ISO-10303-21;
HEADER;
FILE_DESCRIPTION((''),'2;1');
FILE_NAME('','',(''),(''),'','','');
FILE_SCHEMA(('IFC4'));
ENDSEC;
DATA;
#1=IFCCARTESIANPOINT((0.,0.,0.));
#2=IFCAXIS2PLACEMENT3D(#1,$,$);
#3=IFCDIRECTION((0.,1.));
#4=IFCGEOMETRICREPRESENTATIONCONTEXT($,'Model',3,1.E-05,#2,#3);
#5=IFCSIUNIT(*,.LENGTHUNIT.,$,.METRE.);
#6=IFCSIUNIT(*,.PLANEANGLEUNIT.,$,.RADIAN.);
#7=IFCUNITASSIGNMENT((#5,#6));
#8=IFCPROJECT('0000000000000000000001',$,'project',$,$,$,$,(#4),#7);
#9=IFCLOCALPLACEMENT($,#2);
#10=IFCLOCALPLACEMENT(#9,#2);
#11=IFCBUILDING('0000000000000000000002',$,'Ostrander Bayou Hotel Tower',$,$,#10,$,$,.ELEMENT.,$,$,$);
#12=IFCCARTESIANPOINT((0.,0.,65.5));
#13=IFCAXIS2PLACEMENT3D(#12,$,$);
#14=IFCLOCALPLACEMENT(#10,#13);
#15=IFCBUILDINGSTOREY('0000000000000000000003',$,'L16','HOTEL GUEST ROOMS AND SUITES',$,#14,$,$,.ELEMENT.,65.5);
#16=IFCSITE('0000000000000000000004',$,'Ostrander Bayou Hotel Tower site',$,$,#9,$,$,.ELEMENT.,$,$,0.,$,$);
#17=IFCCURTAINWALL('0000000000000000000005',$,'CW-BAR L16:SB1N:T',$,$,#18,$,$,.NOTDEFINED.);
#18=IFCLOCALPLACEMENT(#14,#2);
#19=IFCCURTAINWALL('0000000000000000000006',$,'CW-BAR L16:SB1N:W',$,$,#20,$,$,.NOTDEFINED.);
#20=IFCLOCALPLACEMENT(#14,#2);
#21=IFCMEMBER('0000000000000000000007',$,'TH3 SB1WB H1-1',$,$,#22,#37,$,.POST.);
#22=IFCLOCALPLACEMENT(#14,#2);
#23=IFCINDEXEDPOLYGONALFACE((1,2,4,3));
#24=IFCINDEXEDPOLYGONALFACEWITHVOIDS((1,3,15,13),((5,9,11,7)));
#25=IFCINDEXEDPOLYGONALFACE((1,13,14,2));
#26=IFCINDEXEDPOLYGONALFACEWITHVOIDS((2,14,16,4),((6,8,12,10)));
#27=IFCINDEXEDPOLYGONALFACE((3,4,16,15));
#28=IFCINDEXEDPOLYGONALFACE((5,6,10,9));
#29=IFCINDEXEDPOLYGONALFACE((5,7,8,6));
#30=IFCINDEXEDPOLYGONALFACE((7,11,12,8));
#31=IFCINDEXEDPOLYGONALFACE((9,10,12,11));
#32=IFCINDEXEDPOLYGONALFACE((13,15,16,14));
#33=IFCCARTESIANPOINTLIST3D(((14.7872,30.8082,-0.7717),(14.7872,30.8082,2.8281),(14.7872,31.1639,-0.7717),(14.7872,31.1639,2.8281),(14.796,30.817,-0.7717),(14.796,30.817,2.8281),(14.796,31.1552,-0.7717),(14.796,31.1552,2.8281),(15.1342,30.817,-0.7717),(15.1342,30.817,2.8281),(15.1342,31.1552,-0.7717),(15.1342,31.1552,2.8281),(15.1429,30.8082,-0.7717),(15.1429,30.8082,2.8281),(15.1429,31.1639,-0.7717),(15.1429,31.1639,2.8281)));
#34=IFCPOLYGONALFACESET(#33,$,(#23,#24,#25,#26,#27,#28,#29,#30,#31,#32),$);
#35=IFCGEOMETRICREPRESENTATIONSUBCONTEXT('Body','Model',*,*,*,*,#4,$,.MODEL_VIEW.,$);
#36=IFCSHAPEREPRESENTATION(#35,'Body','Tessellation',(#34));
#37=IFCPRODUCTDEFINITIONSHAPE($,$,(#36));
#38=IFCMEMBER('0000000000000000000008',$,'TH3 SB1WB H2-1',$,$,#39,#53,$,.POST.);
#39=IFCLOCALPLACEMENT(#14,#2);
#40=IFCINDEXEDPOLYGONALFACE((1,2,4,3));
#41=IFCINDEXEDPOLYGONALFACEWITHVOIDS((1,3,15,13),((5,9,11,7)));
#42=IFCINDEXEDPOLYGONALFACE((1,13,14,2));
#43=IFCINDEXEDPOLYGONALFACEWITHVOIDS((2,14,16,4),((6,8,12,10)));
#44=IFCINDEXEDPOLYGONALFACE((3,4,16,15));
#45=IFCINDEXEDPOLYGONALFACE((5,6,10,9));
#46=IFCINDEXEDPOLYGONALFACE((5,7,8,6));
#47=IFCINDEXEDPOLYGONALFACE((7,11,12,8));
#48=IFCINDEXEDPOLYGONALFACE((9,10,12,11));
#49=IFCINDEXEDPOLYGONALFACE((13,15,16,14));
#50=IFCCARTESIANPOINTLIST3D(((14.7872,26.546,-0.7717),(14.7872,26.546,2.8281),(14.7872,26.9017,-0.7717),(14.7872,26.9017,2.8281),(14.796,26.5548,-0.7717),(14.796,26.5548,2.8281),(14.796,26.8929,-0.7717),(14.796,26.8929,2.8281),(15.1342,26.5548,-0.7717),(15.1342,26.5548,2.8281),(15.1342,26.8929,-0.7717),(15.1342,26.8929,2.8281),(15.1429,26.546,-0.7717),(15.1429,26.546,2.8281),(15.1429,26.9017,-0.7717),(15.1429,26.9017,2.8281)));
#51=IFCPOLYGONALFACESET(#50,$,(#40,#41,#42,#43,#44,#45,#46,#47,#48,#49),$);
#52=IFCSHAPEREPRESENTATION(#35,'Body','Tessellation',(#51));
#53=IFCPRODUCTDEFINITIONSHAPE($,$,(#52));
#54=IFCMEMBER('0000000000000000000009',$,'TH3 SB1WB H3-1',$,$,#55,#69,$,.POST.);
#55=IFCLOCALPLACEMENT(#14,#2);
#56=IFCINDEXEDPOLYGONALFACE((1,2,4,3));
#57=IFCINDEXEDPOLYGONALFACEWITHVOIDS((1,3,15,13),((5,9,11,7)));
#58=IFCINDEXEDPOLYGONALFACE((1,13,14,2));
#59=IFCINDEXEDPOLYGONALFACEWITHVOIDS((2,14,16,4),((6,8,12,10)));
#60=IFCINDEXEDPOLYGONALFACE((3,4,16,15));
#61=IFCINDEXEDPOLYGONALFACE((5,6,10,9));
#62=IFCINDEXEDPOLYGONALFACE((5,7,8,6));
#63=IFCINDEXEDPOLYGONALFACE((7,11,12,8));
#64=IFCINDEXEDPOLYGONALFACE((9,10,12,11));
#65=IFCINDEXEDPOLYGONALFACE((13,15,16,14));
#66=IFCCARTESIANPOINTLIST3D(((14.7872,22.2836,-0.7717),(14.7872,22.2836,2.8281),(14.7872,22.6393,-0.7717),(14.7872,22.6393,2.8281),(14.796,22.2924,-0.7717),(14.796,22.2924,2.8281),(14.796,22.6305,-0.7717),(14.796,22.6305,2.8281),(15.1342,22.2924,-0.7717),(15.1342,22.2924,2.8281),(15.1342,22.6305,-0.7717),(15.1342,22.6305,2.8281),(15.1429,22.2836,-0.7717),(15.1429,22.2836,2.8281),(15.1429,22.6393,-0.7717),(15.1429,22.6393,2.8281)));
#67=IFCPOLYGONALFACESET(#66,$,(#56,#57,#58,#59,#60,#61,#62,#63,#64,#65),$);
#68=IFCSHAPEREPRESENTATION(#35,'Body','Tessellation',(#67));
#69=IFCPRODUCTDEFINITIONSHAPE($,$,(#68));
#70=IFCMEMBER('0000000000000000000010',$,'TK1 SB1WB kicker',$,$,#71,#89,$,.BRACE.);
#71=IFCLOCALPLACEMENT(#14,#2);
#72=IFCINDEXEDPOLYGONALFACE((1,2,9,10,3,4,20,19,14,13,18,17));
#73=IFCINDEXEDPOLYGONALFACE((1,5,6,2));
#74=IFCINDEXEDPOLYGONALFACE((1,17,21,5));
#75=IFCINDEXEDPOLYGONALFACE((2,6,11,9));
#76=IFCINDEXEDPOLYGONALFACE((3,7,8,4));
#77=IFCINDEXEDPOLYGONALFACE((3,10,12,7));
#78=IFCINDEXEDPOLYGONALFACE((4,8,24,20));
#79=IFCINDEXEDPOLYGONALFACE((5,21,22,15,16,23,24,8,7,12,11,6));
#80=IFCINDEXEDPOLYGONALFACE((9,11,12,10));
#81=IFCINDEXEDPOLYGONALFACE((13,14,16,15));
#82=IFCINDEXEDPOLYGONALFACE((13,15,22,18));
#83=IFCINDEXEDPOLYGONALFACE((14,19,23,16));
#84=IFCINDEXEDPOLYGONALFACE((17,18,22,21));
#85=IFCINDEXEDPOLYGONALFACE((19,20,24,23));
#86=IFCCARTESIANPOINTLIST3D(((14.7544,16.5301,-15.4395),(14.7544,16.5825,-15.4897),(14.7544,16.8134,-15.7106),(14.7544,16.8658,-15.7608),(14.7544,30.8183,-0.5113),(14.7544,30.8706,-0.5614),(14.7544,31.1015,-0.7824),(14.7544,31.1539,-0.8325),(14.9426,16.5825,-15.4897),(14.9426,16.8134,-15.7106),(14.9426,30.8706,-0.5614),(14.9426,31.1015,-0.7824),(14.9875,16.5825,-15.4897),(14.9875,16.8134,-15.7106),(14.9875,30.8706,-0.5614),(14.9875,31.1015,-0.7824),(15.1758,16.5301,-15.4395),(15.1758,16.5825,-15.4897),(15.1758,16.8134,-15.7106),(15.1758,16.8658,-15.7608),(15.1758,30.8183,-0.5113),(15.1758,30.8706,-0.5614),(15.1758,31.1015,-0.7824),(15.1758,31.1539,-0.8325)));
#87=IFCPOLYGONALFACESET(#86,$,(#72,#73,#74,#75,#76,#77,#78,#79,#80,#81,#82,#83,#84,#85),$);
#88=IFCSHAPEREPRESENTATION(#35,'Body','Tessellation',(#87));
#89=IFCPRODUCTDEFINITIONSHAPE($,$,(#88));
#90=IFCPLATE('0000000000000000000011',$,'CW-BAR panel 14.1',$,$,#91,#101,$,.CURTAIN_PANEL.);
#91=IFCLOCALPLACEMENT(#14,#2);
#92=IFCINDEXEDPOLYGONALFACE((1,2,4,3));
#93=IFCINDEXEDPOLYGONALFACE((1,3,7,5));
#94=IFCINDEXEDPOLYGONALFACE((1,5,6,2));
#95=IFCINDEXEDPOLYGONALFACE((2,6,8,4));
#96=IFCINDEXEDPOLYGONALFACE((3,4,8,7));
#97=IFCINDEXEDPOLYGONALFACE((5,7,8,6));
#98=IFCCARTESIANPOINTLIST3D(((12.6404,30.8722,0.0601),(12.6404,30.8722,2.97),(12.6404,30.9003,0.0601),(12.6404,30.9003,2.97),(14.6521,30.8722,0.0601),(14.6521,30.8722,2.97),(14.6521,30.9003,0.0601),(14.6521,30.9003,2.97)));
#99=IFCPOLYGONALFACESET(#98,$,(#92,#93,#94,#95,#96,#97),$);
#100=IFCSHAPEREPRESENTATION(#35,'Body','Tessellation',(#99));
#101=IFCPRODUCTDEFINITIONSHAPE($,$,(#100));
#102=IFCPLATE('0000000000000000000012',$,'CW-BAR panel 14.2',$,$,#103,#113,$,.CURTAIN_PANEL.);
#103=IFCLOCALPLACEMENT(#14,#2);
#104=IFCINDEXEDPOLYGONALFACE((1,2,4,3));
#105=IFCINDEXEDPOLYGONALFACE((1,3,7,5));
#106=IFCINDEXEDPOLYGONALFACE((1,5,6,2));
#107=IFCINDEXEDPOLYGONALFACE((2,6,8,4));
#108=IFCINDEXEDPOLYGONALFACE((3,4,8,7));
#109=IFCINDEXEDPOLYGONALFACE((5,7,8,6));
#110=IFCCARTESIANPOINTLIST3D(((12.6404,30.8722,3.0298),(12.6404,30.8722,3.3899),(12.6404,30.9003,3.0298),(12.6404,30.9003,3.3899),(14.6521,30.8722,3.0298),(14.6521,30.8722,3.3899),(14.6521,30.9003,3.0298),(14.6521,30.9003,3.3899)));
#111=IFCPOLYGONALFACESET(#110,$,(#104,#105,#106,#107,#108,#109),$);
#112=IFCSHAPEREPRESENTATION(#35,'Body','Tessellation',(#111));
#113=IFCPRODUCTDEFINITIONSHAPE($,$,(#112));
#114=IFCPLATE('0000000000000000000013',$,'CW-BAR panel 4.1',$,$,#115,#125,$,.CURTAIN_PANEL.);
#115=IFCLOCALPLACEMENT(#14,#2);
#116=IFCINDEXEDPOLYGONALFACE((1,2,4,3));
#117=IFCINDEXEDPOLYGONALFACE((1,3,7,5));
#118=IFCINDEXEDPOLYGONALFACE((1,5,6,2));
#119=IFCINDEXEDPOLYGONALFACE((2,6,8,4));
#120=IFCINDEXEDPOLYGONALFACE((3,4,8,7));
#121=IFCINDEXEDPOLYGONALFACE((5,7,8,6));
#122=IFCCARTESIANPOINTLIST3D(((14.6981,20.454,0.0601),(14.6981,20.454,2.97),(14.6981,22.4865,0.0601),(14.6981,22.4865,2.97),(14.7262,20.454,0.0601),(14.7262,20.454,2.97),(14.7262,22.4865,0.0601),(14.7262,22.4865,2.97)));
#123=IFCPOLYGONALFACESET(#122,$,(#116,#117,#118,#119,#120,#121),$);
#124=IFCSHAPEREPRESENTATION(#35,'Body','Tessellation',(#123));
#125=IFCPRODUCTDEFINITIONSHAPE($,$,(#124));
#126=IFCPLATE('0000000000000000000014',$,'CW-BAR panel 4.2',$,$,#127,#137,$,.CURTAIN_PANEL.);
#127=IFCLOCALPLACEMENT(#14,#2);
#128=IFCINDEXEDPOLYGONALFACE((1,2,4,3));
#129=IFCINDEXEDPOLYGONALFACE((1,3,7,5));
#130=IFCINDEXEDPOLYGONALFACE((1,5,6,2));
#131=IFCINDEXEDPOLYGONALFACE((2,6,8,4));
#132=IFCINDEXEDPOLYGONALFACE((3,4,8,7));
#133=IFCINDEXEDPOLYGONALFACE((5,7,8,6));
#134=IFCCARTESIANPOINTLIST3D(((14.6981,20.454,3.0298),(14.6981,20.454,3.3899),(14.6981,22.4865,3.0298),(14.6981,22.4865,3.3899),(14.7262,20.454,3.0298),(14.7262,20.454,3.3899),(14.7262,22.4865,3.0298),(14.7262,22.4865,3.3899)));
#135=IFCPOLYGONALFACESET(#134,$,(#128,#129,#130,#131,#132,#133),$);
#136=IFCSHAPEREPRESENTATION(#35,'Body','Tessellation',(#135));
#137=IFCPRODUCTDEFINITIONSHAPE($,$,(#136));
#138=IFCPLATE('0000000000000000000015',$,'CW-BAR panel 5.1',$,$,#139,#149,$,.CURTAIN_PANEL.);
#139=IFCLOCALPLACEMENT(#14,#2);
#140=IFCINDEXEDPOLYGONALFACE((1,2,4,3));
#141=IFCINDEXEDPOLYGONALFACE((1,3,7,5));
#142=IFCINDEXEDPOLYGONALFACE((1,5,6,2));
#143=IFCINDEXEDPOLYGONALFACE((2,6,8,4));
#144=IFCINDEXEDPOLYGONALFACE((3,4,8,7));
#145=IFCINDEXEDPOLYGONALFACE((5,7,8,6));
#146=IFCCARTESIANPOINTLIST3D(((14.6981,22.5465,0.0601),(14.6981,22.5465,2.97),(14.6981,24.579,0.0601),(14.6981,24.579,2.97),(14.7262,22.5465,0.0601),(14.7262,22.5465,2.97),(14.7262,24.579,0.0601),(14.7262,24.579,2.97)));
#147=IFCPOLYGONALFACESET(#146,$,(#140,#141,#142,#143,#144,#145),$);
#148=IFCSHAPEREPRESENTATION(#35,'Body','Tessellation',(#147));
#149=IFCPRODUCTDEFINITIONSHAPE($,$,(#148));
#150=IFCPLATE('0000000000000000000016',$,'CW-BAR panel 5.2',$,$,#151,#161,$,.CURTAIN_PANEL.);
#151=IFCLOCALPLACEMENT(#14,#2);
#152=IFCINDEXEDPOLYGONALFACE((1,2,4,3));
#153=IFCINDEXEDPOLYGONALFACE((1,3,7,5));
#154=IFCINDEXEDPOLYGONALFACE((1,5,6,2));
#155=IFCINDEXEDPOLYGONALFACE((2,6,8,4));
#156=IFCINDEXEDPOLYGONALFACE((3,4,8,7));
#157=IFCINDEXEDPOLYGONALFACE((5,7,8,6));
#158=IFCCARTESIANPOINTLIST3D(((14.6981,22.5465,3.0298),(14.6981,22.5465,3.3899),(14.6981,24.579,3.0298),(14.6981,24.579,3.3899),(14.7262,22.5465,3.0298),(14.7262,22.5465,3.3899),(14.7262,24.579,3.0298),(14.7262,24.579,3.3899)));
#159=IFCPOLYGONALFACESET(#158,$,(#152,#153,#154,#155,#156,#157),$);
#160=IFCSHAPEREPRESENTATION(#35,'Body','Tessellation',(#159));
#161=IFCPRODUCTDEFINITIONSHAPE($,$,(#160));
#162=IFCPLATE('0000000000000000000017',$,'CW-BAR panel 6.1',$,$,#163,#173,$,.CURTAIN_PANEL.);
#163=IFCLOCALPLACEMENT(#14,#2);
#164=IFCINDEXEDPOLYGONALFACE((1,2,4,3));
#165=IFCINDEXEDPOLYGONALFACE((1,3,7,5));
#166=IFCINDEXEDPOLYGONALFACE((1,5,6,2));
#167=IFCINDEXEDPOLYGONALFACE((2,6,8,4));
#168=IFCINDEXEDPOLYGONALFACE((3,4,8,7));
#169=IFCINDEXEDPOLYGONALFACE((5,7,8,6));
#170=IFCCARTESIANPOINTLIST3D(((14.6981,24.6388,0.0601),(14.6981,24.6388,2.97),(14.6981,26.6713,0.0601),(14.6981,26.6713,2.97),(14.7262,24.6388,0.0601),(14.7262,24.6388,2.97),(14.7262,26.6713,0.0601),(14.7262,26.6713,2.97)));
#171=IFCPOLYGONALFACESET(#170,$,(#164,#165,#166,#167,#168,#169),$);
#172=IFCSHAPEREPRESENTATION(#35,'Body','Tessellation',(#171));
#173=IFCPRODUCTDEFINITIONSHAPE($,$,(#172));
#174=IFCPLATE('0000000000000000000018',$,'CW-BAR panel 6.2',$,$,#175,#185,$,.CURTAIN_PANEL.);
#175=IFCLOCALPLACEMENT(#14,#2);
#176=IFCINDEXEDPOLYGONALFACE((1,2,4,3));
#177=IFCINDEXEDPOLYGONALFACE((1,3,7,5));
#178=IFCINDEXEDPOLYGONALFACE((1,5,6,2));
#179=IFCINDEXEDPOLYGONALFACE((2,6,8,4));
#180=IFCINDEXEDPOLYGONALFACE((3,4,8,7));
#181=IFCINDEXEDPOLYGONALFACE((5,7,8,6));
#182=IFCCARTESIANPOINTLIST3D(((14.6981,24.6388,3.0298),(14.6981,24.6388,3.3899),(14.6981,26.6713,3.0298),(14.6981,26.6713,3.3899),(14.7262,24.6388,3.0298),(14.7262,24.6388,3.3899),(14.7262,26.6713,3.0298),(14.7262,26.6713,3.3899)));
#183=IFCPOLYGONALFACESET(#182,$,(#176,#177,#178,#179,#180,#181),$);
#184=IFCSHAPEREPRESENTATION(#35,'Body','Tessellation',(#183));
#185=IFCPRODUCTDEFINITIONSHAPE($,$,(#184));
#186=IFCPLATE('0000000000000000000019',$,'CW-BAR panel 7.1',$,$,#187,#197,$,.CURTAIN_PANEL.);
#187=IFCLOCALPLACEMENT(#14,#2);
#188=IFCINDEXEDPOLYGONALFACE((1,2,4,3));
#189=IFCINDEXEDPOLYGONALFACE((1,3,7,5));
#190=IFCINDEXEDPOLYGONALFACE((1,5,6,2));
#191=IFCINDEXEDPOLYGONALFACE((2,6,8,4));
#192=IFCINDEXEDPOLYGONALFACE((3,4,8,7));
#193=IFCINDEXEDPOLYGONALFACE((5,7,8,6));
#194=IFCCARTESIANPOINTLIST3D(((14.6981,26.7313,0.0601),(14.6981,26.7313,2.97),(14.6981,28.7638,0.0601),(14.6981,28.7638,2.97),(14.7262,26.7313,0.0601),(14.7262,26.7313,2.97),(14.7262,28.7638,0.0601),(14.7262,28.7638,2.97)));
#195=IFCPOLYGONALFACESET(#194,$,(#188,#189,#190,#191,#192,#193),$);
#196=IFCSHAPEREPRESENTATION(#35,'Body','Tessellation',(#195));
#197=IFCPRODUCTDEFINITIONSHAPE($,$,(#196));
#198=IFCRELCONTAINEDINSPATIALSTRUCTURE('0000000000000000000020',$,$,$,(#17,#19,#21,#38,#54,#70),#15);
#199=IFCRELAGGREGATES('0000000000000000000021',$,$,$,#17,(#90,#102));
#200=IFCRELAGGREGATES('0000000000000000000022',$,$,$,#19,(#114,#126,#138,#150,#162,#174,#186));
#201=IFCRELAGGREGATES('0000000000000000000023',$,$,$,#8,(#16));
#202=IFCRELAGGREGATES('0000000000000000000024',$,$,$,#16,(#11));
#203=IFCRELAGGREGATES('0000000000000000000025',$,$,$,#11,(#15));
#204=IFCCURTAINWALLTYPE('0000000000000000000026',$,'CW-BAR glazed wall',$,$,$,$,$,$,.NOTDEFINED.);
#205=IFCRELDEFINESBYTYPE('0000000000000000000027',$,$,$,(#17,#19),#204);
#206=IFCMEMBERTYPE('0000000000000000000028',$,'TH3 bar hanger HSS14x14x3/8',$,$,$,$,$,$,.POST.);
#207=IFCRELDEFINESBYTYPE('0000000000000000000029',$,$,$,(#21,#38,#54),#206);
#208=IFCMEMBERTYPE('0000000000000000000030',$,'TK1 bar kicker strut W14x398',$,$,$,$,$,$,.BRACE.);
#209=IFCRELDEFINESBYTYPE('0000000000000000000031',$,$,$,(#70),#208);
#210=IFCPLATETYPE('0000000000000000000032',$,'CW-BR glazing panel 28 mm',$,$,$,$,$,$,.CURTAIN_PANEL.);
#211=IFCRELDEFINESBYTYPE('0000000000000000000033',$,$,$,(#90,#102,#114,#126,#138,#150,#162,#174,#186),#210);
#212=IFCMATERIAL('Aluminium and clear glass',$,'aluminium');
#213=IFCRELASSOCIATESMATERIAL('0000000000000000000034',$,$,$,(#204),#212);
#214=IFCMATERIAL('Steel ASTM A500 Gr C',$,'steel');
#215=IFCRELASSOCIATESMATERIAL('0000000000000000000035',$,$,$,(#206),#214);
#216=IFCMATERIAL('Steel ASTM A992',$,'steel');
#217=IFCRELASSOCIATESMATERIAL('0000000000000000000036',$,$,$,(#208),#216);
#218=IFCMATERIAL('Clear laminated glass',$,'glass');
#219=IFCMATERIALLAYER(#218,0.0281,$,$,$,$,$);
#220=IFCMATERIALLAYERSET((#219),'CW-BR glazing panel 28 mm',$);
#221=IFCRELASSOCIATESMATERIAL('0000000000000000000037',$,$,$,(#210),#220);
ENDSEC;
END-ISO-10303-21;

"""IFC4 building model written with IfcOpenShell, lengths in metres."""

from ifc_helpers import new_model, si_unit, direction, frame, origin, origin_2d, place, context, subcontext, project, spatial, rectangle, hollow_rectangle, i_section, extrude, material, layer, layer_set, material_profile, profile_set, type_object, element, aggregate, save


model = new_model("IFC4")

# Units and contexts
model_context = context("Model", 3, precision=1e-05, world=origin(), true_north=direction((0.0, 1.0)))
body_context = subcontext(model_context, "Body", "Model", "MODEL_VIEW")
ifc_project = project(units=[si_unit("LENGTHUNIT", "METRE"), si_unit("PLANEANGLEUNIT", "RADIAN")], contexts=[model_context])

# Site, building, storey
site_placement = place(None, origin())
site = spatial("IfcSite", under=ifc_project, at=site_placement, Name="Ostrander Bayou Hotel Tower site", CompositionType="ELEMENT", RefElevation=0.0)
building_placement = place(site_placement, origin())
building = spatial("IfcBuilding", under=site, at=building_placement, Name="Ostrander Bayou Hotel Tower", CompositionType="ELEMENT")
storey_placement = place(building_placement, frame((0.0, 0.0, 65.5)))
storey = spatial("IfcBuildingStorey", under=building, at=storey_placement, Name="L16", Description="HOTEL GUEST ROOMS AND SUITES", CompositionType="ELEMENT", Elevation=65.5)

# Curtain walls
ifc_material_1 = material(Name="Aluminium and clear glass", Category="aluminium")
curtain_wall_type = type_object("IfcCurtainWallType", Name="CW-BAR glazed wall", PredefinedType="NOTDEFINED", material=ifc_material_1)
curtain_wall_1_placement = place(storey_placement, origin())
curtain_wall_1 = element("IfcCurtainWall", 1, at=curtain_wall_1_placement, inside=storey, type_object=curtain_wall_type, Name="CW-BAR L16:SB1N:T", PredefinedType="NOTDEFINED")
curtain_wall_2_placement = place(storey_placement, origin())
curtain_wall_2 = element("IfcCurtainWall", 2, at=curtain_wall_2_placement, inside=storey, type_object=curtain_wall_type, Name="CW-BAR L16:SB1N:W", PredefinedType="NOTDEFINED")

# Members
ifc_material_2 = material(Name="Steel ASTM A500 Gr C", Category="steel")
ifc_material_profile_1 = material_profile(ifc_material_2, hollow_rectangle(XDim=0.3557, YDim=0.3557, WallThickness=0.0088, at=origin_2d()))
ifc_profile_set_1 = profile_set([ifc_material_profile_1], Name="Steel ASTM A500 Gr C")
member_type_1 = type_object("IfcMemberType", Name="TH3 bar hanger HSS14x14x3/8", PredefinedType="POST", material=ifc_profile_set_1)
for number, where, z_axis, x_axis, name in (
    (3, (14.9651, 30.9861, -0.7717), (0.0, 0.0, 1.0), (1.0, 0.0, 0.0), "TH3 SB1WB H1-1"),
    (4, (14.9651, 26.7239, -0.7717), (0.0, 0.0, 1.0), (1.0, 0.0, 0.0), "TH3 SB1WB H2-1"),
    (5, (14.9651, 22.4614, -0.7717), (0.0, 0.0, 1.0), (1.0, 0.0, 0.0), "TH3 SB1WB H3-1"),
):
    element("IfcMember", number, at=place(storey_placement, frame(where, z_axis=z_axis, x_axis=x_axis)), inside=storey, type_object=member_type_1, Name=name, PredefinedType="POST", context=body_context, shape_type="SweptSolid", body=[
        extrude(hollow_rectangle(XDim=0.3557, YDim=0.3557, WallThickness=0.0088, at=origin_2d()), origin(), (0.0, 0.0, 1.0), 3.5999),
    ])
ifc_material_3 = material(Name="Steel ASTM A992", Category="steel")
ifc_material_profile_2 = material_profile(ifc_material_3, i_section(OverallWidth=0.4214, OverallDepth=0.4646, WebThickness=0.0449, FlangeThickness=0.0725, at=origin_2d()))
ifc_profile_set_2 = profile_set([ifc_material_profile_2], Name="Steel ASTM A992")
member_type_2 = type_object("IfcMemberType", Name="TK1 bar kicker strut W14x398", PredefinedType="BRACE", material=ifc_profile_set_2)
member_1_placement = place(storey_placement, frame((14.9651, 30.9861, -0.6719), z_axis=(0.0, -0.691448, -0.722426), x_axis=(1.0, 0.0, 0.0)))
element("IfcMember", 6, at=member_1_placement, inside=storey, type_object=member_type_2, Name="TK1 SB1WB kicker", PredefinedType="BRACE", context=body_context, shape_type="SweptSolid", body=[
    extrude(i_section(OverallWidth=0.4214, OverallDepth=0.4646, WebThickness=0.0449, FlangeThickness=0.0725, at=origin_2d()), origin(), (0.0, 0.0, 1.0), 20.6641),
])

# Plates
ifc_material_4 = material(Name="Clear laminated glass", Category="glass")
ifc_layer_1 = layer(ifc_material_4, 0.0281)
ifc_layer_set_1 = layer_set([ifc_layer_1], Name="CW-BR glazing panel 28 mm")
plate_type = type_object("IfcPlateType", Name="CW-BR glazing panel 28 mm", PredefinedType="CURTAIN_PANEL", material=ifc_layer_set_1)
plate_1_placement = place(storey_placement, frame((13.6462, 30.8862, 0.0601), z_axis=(0.0, 0.0, 1.0), x_axis=(1.0, 0.0, 0.0)))
plate_1 = element("IfcPlate", 7, at=plate_1_placement, type_object=plate_type, Name="CW-BAR panel 14.1", PredefinedType="CURTAIN_PANEL", context=body_context, shape_type="SweptSolid", body=[
    extrude(rectangle(XDim=2.0117, YDim=0.0281, at=origin_2d()), origin(), (0.0, 0.0, 1.0), 2.9099),
])
plate_2_placement = place(storey_placement, frame((13.6462, 30.8862, 3.0298), z_axis=(0.0, 0.0, 1.0), x_axis=(1.0, 0.0, 0.0)))
plate_2 = element("IfcPlate", 8, at=plate_2_placement, type_object=plate_type, Name="CW-BAR panel 14.2", PredefinedType="CURTAIN_PANEL", context=body_context, shape_type="SweptSolid", body=[
    extrude(rectangle(XDim=2.0117, YDim=0.0281, at=origin_2d()), origin(), (0.0, 0.0, 1.0), 0.3601),
])
aggregate(curtain_wall_1, [plate_1, plate_2])
plate_3_placement = place(storey_placement, frame((14.7122, 21.4702, 0.0601), z_axis=(0.0, 0.0, 1.0), x_axis=(0.0, 1.0, 0.0)))
plate_3 = element("IfcPlate", 9, at=plate_3_placement, type_object=plate_type, Name="CW-BAR panel 4.1", PredefinedType="CURTAIN_PANEL", context=body_context, shape_type="SweptSolid", body=[
    extrude(rectangle(XDim=2.0325, YDim=0.0281, at=origin_2d()), origin(), (0.0, 0.0, 1.0), 2.9099),
])
plate_4_placement = place(storey_placement, frame((14.7122, 21.4702, 3.0298), z_axis=(0.0, 0.0, 1.0), x_axis=(0.0, 1.0, 0.0)))
plate_4 = element("IfcPlate", 10, at=plate_4_placement, type_object=plate_type, Name="CW-BAR panel 4.2", PredefinedType="CURTAIN_PANEL", context=body_context, shape_type="SweptSolid", body=[
    extrude(rectangle(XDim=2.0325, YDim=0.0281, at=origin_2d()), origin(), (0.0, 0.0, 1.0), 0.3601),
])
plate_5_placement = place(storey_placement, frame((14.7122, 23.5627, 0.0601), z_axis=(0.0, 0.0, 1.0), x_axis=(0.0, 1.0, 0.0)))
plate_5 = element("IfcPlate", 11, at=plate_5_placement, type_object=plate_type, Name="CW-BAR panel 5.1", PredefinedType="CURTAIN_PANEL", context=body_context, shape_type="SweptSolid", body=[
    extrude(rectangle(XDim=2.0325, YDim=0.0281, at=origin_2d()), origin(), (0.0, 0.0, 1.0), 2.9099),
])
plate_6_placement = place(storey_placement, frame((14.7122, 23.5627, 3.0298), z_axis=(0.0, 0.0, 1.0), x_axis=(0.0, 1.0, 0.0)))
plate_6 = element("IfcPlate", 12, at=plate_6_placement, type_object=plate_type, Name="CW-BAR panel 5.2", PredefinedType="CURTAIN_PANEL", context=body_context, shape_type="SweptSolid", body=[
    extrude(rectangle(XDim=2.0325, YDim=0.0281, at=origin_2d()), origin(), (0.0, 0.0, 1.0), 0.3601),
])
plate_7_placement = place(storey_placement, frame((14.7122, 25.655, 0.0601), z_axis=(0.0, 0.0, 1.0), x_axis=(0.0, 1.0, 0.0)))
plate_7 = element("IfcPlate", 13, at=plate_7_placement, type_object=plate_type, Name="CW-BAR panel 6.1", PredefinedType="CURTAIN_PANEL", context=body_context, shape_type="SweptSolid", body=[
    extrude(rectangle(XDim=2.0325, YDim=0.0281, at=origin_2d()), origin(), (0.0, 0.0, 1.0), 2.9099),
])
plate_8_placement = place(storey_placement, frame((14.7122, 25.655, 3.0298), z_axis=(0.0, 0.0, 1.0), x_axis=(0.0, 1.0, 0.0)))
plate_8 = element("IfcPlate", 14, at=plate_8_placement, type_object=plate_type, Name="CW-BAR panel 6.2", PredefinedType="CURTAIN_PANEL", context=body_context, shape_type="SweptSolid", body=[
    extrude(rectangle(XDim=2.0325, YDim=0.0281, at=origin_2d()), origin(), (0.0, 0.0, 1.0), 0.3601),
])
plate_9_placement = place(storey_placement, frame((14.7122, 27.7476, 0.0601), z_axis=(0.0, 0.0, 1.0), x_axis=(0.0, 1.0, 0.0)))
plate_9 = element("IfcPlate", 15, at=plate_9_placement, type_object=plate_type, Name="CW-BAR panel 7.1", PredefinedType="CURTAIN_PANEL", context=body_context, shape_type="SweptSolid", body=[
    extrude(rectangle(XDim=2.0325, YDim=0.0281, at=origin_2d()), origin(), (0.0, 0.0, 1.0), 2.9099),
])
aggregate(curtain_wall_2, [plate_3, plate_4, plate_5, plate_6, plate_7, plate_8, plate_9])

save(model, "model.ifc")
